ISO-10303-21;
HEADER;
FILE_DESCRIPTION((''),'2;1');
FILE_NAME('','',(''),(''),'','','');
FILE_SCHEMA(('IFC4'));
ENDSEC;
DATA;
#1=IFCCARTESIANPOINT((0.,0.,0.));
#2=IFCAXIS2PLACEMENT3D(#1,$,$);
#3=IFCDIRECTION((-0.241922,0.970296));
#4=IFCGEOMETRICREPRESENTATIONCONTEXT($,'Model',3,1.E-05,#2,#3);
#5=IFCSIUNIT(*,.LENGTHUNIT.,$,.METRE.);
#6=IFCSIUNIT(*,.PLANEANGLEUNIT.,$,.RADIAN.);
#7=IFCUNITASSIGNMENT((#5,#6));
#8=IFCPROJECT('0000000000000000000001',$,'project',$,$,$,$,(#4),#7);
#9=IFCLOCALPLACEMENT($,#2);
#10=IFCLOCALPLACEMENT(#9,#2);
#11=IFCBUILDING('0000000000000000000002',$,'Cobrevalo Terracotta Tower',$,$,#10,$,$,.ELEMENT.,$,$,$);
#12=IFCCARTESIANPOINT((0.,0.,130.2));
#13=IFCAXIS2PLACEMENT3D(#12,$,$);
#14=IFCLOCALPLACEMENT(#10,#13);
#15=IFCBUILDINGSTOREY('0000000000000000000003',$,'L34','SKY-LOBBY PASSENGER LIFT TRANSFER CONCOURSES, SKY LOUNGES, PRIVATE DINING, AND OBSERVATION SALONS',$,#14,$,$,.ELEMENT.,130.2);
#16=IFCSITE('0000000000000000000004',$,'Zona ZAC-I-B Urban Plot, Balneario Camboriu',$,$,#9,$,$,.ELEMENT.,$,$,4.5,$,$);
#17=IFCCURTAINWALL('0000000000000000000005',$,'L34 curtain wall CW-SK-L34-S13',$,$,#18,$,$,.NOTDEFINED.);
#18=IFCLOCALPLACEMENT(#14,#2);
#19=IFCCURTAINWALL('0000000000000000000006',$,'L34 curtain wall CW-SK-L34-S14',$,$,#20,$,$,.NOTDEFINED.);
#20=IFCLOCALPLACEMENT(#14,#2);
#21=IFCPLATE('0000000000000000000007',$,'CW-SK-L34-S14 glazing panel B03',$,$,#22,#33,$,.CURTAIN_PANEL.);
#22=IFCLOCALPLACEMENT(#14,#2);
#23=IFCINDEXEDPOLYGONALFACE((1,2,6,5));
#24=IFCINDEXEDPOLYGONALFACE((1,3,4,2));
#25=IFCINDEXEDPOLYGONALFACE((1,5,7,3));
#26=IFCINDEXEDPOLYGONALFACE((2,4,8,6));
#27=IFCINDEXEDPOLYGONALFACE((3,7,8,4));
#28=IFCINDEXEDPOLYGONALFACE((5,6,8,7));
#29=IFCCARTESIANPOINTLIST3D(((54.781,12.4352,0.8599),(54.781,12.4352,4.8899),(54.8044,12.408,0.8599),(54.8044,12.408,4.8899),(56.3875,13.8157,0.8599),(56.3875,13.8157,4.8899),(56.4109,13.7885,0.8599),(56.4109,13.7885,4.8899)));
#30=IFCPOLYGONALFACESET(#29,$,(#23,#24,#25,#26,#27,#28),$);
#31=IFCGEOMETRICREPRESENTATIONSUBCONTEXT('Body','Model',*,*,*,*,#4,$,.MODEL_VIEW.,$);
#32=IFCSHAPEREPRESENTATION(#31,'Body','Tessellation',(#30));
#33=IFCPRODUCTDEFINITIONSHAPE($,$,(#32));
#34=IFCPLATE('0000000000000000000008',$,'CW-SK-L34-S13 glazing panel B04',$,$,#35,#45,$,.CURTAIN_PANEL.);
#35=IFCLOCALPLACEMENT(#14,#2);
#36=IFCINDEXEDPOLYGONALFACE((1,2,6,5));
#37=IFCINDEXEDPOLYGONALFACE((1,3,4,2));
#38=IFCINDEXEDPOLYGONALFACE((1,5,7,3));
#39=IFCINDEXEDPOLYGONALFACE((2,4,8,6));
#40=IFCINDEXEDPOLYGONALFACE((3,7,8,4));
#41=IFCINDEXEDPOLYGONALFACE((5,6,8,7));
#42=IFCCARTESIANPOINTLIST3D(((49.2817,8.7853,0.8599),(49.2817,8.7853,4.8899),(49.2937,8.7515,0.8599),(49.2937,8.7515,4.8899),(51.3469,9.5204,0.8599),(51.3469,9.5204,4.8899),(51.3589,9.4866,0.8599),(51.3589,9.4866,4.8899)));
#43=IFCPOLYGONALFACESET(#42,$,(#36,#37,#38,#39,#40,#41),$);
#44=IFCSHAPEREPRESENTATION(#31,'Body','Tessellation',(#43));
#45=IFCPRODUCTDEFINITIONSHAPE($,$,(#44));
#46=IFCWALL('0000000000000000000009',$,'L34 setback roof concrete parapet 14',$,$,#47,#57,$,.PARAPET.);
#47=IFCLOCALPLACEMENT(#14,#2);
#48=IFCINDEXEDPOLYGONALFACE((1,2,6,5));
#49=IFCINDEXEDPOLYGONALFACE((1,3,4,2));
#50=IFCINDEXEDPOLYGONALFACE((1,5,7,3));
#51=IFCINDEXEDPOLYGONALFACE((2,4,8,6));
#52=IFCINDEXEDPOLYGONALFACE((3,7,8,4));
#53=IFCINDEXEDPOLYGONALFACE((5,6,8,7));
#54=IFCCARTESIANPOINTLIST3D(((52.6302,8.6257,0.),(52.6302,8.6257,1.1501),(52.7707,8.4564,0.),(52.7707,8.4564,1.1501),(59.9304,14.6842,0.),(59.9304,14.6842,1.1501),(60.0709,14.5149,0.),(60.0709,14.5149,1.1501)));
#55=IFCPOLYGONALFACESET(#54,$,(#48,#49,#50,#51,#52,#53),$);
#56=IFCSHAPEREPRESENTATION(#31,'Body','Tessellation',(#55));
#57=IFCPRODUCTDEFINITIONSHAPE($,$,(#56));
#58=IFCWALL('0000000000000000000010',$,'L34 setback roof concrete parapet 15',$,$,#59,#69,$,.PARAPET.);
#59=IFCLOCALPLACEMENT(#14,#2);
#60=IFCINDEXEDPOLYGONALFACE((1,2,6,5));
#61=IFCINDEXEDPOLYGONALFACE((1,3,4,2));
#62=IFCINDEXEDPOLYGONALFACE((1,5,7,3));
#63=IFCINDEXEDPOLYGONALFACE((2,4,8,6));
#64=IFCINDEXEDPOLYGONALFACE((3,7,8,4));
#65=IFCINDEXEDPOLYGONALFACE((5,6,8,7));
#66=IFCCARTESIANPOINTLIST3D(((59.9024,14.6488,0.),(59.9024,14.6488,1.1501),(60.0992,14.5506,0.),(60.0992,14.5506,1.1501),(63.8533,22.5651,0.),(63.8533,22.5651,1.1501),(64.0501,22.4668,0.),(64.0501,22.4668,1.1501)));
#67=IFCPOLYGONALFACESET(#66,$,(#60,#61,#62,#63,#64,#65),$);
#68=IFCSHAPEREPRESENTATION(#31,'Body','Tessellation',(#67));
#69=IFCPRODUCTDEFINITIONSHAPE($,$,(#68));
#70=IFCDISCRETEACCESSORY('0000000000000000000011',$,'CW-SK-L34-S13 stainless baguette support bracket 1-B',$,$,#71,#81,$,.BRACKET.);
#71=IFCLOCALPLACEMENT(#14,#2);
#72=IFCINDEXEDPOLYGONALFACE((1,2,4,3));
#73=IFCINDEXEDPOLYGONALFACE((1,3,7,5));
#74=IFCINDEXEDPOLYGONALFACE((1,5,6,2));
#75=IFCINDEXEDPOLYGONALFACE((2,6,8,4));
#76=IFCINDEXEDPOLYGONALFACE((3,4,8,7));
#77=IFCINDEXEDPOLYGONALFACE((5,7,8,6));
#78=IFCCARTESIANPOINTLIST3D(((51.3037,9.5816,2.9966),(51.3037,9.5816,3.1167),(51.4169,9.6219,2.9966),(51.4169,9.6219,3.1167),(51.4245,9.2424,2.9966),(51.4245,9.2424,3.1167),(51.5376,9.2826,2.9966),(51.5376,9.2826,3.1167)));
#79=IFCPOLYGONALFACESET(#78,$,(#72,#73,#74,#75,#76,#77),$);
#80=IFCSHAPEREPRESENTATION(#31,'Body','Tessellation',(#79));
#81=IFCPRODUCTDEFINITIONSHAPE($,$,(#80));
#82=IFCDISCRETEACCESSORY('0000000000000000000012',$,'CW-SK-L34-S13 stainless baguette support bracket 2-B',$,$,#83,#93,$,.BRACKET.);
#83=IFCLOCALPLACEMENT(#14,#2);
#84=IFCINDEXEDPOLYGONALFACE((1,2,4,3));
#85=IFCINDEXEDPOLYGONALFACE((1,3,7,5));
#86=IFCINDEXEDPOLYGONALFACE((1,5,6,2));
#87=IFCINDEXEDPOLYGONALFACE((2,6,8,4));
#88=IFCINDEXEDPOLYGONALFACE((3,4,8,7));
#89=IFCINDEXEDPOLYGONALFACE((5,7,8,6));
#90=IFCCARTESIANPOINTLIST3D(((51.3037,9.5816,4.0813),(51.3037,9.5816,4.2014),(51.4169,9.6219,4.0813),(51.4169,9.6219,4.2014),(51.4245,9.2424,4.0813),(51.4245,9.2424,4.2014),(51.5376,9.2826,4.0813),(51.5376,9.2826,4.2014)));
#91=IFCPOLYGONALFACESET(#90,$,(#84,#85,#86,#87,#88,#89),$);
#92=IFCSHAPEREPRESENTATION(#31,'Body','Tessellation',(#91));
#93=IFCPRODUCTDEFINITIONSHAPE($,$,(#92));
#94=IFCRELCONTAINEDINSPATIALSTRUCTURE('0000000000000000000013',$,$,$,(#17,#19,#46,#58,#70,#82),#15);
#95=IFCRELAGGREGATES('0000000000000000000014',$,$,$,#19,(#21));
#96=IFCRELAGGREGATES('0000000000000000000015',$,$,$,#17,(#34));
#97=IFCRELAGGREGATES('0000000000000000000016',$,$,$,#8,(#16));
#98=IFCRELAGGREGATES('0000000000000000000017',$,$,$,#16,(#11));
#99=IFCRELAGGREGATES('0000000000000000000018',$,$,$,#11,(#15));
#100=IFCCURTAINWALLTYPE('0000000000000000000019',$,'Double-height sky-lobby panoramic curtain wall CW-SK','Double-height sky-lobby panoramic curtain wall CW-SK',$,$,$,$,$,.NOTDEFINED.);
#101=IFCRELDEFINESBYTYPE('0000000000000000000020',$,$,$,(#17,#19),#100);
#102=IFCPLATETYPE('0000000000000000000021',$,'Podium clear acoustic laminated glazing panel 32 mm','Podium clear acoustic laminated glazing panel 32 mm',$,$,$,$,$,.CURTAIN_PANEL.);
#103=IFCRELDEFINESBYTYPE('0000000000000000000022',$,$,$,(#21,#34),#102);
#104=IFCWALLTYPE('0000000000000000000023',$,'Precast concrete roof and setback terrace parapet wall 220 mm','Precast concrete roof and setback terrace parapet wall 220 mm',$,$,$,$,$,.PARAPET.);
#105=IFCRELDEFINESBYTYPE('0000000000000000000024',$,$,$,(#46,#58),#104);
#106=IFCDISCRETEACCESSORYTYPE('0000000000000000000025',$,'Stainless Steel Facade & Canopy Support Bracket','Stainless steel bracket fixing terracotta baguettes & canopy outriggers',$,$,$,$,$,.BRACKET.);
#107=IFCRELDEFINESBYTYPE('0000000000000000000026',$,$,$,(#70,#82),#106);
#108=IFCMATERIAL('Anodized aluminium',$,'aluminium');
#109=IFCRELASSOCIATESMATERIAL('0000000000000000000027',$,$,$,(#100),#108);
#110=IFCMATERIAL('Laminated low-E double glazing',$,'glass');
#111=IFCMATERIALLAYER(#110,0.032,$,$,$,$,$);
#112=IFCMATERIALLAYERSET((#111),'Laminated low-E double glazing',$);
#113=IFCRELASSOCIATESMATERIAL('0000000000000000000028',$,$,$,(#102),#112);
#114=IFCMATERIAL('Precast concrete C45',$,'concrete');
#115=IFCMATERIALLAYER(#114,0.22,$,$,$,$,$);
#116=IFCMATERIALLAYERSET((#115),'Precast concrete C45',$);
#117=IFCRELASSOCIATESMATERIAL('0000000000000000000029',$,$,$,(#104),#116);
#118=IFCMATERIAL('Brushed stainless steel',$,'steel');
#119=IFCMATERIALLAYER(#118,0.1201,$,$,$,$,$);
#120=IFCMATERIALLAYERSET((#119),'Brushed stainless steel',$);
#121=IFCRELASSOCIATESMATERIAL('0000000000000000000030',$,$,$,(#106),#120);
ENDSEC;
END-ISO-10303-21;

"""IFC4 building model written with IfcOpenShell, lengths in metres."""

from ifc_helpers import new_model, si_unit, direction, frame, frame_2d, origin, origin_2d, place, context, subcontext, project, spatial, rectangle, extrude, source, transform, mapped, material, layer, layer_set, type_object, element, aggregate, save


model = new_model("IFC4")

# Units and contexts
model_context = context("Model", 3, precision=1e-05, world=origin(), true_north=direction((-0.241922, 0.970296)))
body_context = subcontext(model_context, "Body", "Model", "MODEL_VIEW")
ifc_project = project(units=[si_unit("LENGTHUNIT", "METRE"), si_unit("PLANEANGLEUNIT", "RADIAN")], contexts=[model_context])

# Site, building, storey
site_placement = place(None, origin())
site = spatial("IfcSite", under=ifc_project, at=site_placement, Name="Zona ZAC-I-B Urban Plot, Balneario Camboriu", CompositionType="ELEMENT", RefElevation=4.5)
building_placement = place(site_placement, origin())
building = spatial("IfcBuilding", under=site, at=building_placement, Name="Cobrevalo Terracotta Tower", CompositionType="ELEMENT")
storey_placement = place(building_placement, frame((0.0, 0.0, 130.2)))
storey = spatial("IfcBuildingStorey", under=building, at=storey_placement, Name="L34", Description="SKY-LOBBY PASSENGER LIFT TRANSFER CONCOURSES, SKY LOUNGES, PRIVATE DINING, AND OBSERVATION SALONS", CompositionType="ELEMENT", Elevation=130.2)

# Curtain wall
ifc_material_1 = material(Name="Anodized aluminium", Category="aluminium")
curtain_wall_type = type_object("IfcCurtainWallType", Name="Double-height sky-lobby panoramic curtain wall CW-SK", Description="Double-height sky-lobby panoramic curtain wall CW-SK", PredefinedType="NOTDEFINED", material=ifc_material_1)
curtain_wall_1_placement = place(storey_placement, origin())
curtain_wall_1 = element("IfcCurtainWall", 1, at=curtain_wall_1_placement, inside=storey, type_object=curtain_wall_type, Name="L34 curtain wall CW-SK-L34-S13", PredefinedType="NOTDEFINED")

# Curtain wall, plate
curtain_wall_2_placement = place(storey_placement, origin())
curtain_wall_2 = element("IfcCurtainWall", 2, at=curtain_wall_2_placement, inside=storey, type_object=curtain_wall_type, Name="L34 curtain wall CW-SK-L34-S14", PredefinedType="NOTDEFINED")
ifc_material_2 = material(Name="Laminated low-E double glazing", Category="glass")
ifc_layer_1 = layer(ifc_material_2, 0.032)
ifc_layer_set_1 = layer_set([ifc_layer_1], Name="Laminated low-E double glazing")
plate_type_1 = type_object("IfcPlateType", Name="Podium clear acoustic laminated glazing panel 32 mm", Description="Podium clear acoustic laminated glazing panel 32 mm", PredefinedType="CURTAIN_PANEL", material=ifc_layer_set_1)
shared_shape_1 = source(origin(), body_context, "Body", "SweptSolid", [
    extrude(rectangle(XDim=2.1182, YDim=0.0359, at=origin_2d()), origin(), (0.0, 0.0, 1.0), 4.03),
])
plate_1_placement = place(storey_placement, frame((55.5959, 13.1118, 0.8599), z_axis=(0.0, 0.0, 1.0), x_axis=(0.758437, 0.651746, 0.0)))
plate_1 = element("IfcPlate", 3, at=plate_1_placement, type_object=plate_type_1, Name="CW-SK-L34-S14 glazing panel B03", PredefinedType="CURTAIN_PANEL", context=body_context, shape_type="MappedRepresentation", body=[
    mapped(shared_shape_1, transform((0.0, 0.0, 0.0), scale=1.0)),
])
aggregate(curtain_wall_2, [plate_1])

# Plate
shared_shape_2 = source(origin(), body_context, "Body", "SweptSolid", [
    extrude(rectangle(XDim=2.1921, YDim=0.0359, at=origin_2d()), origin(), (0.0, 0.0, 1.0), 4.03),
])
plate_2_placement = place(storey_placement, frame((50.3203, 9.136, 0.8599), z_axis=(0.0, 0.0, 1.0), x_axis=(0.942098, 0.335336, 0.0)))
plate_2 = element("IfcPlate", 4, at=plate_2_placement, type_object=plate_type_1, Name="CW-SK-L34-S13 glazing panel B04", PredefinedType="CURTAIN_PANEL", context=body_context, shape_type="MappedRepresentation", body=[
    mapped(shared_shape_2, transform((0.0, 0.0, 0.0), scale=1.0)),
])
aggregate(curtain_wall_1, [plate_2])

# Walls
ifc_material_3 = material(Name="Precast concrete C45", Category="concrete")
ifc_layer_2 = layer(ifc_material_3, 0.22)
ifc_layer_set_2 = layer_set([ifc_layer_2], Name="Precast concrete C45")
wall_type = type_object("IfcWallType", Name="Precast concrete roof and setback terrace parapet wall 220 mm", Description="Precast concrete roof and setback terrace parapet wall 220 mm", PredefinedType="PARAPET", material=ifc_layer_set_2)
wall_1_placement = place(storey_placement, frame((52.7004, 8.541, 0.0), z_axis=(0.0, 0.0, 1.0), x_axis=(0.769515, 0.638629, 0.0)))
element("IfcWall", 5, at=wall_1_placement, inside=storey, type_object=wall_type, Name="L34 setback roof concrete parapet 14", PredefinedType="PARAPET", context=body_context, shape_type="SweptSolid", body=[
    extrude(rectangle(XDim=9.4868, YDim=0.22, at=frame_2d((4.7434, 0.0))), origin(), (0.0, 0.0, 1.0), 1.1501),
])
wall_2_placement = place(storey_placement, frame((60.0007, 14.5996, 0.0), z_axis=(0.0, 0.0, 1.0), x_axis=(0.446562, 0.894753, 0.0)))
element("IfcWall", 6, at=wall_2_placement, inside=storey, type_object=wall_type, Name="L34 setback roof concrete parapet 15", PredefinedType="PARAPET", context=body_context, shape_type="SweptSolid", body=[
    extrude(rectangle(XDim=8.8474, YDim=0.22, at=frame_2d((4.4238, 0.0))), origin(), (0.0, 0.0, 1.0), 1.1501),
])

# Discrete accessories
ifc_material_4 = material(Name="Brushed stainless steel", Category="steel")
ifc_layer_3 = layer(ifc_material_4, 0.1201)
ifc_layer_set_3 = layer_set([ifc_layer_3], Name="Brushed stainless steel")
discrete_accessory_type = type_object("IfcDiscreteAccessoryType", Name="Stainless Steel Facade & Canopy Support Bracket", Description="Stainless steel bracket fixing terracotta baguettes & canopy outriggers", PredefinedType="BRACKET", material=ifc_layer_set_3)
shared_shape_3 = source(origin(), body_context, "Body", "SweptSolid", [
    extrude(rectangle(XDim=0.1201, YDim=0.3601, at=origin_2d()), origin(), (0.0, 0.0, 1.0), 0.1201),
])
for number, where, z_axis, x_axis, name in (
    (7, (51.4207, 9.4321, 2.9966), (0.0, 0.0, 1.0), (0.942098, 0.335336, 0.0), "CW-SK-L34-S13 stainless baguette support bracket 1-B"),
    (8, (51.4207, 9.4321, 4.0813), (0.0, 0.0, 1.0), (0.942098, 0.335336, 0.0), "CW-SK-L34-S13 stainless baguette support bracket 2-B"),
):
    element("IfcDiscreteAccessory", number, at=place(storey_placement, frame(where, z_axis=z_axis, x_axis=x_axis)), inside=storey, type_object=discrete_accessory_type, Name=name, PredefinedType="BRACKET", context=body_context, shape_type="MappedRepresentation", body=[
        mapped(shared_shape_3, transform((0.0, 0.0, 0.0), scale=1.0)),
    ])

save(model, "model.ifc")
